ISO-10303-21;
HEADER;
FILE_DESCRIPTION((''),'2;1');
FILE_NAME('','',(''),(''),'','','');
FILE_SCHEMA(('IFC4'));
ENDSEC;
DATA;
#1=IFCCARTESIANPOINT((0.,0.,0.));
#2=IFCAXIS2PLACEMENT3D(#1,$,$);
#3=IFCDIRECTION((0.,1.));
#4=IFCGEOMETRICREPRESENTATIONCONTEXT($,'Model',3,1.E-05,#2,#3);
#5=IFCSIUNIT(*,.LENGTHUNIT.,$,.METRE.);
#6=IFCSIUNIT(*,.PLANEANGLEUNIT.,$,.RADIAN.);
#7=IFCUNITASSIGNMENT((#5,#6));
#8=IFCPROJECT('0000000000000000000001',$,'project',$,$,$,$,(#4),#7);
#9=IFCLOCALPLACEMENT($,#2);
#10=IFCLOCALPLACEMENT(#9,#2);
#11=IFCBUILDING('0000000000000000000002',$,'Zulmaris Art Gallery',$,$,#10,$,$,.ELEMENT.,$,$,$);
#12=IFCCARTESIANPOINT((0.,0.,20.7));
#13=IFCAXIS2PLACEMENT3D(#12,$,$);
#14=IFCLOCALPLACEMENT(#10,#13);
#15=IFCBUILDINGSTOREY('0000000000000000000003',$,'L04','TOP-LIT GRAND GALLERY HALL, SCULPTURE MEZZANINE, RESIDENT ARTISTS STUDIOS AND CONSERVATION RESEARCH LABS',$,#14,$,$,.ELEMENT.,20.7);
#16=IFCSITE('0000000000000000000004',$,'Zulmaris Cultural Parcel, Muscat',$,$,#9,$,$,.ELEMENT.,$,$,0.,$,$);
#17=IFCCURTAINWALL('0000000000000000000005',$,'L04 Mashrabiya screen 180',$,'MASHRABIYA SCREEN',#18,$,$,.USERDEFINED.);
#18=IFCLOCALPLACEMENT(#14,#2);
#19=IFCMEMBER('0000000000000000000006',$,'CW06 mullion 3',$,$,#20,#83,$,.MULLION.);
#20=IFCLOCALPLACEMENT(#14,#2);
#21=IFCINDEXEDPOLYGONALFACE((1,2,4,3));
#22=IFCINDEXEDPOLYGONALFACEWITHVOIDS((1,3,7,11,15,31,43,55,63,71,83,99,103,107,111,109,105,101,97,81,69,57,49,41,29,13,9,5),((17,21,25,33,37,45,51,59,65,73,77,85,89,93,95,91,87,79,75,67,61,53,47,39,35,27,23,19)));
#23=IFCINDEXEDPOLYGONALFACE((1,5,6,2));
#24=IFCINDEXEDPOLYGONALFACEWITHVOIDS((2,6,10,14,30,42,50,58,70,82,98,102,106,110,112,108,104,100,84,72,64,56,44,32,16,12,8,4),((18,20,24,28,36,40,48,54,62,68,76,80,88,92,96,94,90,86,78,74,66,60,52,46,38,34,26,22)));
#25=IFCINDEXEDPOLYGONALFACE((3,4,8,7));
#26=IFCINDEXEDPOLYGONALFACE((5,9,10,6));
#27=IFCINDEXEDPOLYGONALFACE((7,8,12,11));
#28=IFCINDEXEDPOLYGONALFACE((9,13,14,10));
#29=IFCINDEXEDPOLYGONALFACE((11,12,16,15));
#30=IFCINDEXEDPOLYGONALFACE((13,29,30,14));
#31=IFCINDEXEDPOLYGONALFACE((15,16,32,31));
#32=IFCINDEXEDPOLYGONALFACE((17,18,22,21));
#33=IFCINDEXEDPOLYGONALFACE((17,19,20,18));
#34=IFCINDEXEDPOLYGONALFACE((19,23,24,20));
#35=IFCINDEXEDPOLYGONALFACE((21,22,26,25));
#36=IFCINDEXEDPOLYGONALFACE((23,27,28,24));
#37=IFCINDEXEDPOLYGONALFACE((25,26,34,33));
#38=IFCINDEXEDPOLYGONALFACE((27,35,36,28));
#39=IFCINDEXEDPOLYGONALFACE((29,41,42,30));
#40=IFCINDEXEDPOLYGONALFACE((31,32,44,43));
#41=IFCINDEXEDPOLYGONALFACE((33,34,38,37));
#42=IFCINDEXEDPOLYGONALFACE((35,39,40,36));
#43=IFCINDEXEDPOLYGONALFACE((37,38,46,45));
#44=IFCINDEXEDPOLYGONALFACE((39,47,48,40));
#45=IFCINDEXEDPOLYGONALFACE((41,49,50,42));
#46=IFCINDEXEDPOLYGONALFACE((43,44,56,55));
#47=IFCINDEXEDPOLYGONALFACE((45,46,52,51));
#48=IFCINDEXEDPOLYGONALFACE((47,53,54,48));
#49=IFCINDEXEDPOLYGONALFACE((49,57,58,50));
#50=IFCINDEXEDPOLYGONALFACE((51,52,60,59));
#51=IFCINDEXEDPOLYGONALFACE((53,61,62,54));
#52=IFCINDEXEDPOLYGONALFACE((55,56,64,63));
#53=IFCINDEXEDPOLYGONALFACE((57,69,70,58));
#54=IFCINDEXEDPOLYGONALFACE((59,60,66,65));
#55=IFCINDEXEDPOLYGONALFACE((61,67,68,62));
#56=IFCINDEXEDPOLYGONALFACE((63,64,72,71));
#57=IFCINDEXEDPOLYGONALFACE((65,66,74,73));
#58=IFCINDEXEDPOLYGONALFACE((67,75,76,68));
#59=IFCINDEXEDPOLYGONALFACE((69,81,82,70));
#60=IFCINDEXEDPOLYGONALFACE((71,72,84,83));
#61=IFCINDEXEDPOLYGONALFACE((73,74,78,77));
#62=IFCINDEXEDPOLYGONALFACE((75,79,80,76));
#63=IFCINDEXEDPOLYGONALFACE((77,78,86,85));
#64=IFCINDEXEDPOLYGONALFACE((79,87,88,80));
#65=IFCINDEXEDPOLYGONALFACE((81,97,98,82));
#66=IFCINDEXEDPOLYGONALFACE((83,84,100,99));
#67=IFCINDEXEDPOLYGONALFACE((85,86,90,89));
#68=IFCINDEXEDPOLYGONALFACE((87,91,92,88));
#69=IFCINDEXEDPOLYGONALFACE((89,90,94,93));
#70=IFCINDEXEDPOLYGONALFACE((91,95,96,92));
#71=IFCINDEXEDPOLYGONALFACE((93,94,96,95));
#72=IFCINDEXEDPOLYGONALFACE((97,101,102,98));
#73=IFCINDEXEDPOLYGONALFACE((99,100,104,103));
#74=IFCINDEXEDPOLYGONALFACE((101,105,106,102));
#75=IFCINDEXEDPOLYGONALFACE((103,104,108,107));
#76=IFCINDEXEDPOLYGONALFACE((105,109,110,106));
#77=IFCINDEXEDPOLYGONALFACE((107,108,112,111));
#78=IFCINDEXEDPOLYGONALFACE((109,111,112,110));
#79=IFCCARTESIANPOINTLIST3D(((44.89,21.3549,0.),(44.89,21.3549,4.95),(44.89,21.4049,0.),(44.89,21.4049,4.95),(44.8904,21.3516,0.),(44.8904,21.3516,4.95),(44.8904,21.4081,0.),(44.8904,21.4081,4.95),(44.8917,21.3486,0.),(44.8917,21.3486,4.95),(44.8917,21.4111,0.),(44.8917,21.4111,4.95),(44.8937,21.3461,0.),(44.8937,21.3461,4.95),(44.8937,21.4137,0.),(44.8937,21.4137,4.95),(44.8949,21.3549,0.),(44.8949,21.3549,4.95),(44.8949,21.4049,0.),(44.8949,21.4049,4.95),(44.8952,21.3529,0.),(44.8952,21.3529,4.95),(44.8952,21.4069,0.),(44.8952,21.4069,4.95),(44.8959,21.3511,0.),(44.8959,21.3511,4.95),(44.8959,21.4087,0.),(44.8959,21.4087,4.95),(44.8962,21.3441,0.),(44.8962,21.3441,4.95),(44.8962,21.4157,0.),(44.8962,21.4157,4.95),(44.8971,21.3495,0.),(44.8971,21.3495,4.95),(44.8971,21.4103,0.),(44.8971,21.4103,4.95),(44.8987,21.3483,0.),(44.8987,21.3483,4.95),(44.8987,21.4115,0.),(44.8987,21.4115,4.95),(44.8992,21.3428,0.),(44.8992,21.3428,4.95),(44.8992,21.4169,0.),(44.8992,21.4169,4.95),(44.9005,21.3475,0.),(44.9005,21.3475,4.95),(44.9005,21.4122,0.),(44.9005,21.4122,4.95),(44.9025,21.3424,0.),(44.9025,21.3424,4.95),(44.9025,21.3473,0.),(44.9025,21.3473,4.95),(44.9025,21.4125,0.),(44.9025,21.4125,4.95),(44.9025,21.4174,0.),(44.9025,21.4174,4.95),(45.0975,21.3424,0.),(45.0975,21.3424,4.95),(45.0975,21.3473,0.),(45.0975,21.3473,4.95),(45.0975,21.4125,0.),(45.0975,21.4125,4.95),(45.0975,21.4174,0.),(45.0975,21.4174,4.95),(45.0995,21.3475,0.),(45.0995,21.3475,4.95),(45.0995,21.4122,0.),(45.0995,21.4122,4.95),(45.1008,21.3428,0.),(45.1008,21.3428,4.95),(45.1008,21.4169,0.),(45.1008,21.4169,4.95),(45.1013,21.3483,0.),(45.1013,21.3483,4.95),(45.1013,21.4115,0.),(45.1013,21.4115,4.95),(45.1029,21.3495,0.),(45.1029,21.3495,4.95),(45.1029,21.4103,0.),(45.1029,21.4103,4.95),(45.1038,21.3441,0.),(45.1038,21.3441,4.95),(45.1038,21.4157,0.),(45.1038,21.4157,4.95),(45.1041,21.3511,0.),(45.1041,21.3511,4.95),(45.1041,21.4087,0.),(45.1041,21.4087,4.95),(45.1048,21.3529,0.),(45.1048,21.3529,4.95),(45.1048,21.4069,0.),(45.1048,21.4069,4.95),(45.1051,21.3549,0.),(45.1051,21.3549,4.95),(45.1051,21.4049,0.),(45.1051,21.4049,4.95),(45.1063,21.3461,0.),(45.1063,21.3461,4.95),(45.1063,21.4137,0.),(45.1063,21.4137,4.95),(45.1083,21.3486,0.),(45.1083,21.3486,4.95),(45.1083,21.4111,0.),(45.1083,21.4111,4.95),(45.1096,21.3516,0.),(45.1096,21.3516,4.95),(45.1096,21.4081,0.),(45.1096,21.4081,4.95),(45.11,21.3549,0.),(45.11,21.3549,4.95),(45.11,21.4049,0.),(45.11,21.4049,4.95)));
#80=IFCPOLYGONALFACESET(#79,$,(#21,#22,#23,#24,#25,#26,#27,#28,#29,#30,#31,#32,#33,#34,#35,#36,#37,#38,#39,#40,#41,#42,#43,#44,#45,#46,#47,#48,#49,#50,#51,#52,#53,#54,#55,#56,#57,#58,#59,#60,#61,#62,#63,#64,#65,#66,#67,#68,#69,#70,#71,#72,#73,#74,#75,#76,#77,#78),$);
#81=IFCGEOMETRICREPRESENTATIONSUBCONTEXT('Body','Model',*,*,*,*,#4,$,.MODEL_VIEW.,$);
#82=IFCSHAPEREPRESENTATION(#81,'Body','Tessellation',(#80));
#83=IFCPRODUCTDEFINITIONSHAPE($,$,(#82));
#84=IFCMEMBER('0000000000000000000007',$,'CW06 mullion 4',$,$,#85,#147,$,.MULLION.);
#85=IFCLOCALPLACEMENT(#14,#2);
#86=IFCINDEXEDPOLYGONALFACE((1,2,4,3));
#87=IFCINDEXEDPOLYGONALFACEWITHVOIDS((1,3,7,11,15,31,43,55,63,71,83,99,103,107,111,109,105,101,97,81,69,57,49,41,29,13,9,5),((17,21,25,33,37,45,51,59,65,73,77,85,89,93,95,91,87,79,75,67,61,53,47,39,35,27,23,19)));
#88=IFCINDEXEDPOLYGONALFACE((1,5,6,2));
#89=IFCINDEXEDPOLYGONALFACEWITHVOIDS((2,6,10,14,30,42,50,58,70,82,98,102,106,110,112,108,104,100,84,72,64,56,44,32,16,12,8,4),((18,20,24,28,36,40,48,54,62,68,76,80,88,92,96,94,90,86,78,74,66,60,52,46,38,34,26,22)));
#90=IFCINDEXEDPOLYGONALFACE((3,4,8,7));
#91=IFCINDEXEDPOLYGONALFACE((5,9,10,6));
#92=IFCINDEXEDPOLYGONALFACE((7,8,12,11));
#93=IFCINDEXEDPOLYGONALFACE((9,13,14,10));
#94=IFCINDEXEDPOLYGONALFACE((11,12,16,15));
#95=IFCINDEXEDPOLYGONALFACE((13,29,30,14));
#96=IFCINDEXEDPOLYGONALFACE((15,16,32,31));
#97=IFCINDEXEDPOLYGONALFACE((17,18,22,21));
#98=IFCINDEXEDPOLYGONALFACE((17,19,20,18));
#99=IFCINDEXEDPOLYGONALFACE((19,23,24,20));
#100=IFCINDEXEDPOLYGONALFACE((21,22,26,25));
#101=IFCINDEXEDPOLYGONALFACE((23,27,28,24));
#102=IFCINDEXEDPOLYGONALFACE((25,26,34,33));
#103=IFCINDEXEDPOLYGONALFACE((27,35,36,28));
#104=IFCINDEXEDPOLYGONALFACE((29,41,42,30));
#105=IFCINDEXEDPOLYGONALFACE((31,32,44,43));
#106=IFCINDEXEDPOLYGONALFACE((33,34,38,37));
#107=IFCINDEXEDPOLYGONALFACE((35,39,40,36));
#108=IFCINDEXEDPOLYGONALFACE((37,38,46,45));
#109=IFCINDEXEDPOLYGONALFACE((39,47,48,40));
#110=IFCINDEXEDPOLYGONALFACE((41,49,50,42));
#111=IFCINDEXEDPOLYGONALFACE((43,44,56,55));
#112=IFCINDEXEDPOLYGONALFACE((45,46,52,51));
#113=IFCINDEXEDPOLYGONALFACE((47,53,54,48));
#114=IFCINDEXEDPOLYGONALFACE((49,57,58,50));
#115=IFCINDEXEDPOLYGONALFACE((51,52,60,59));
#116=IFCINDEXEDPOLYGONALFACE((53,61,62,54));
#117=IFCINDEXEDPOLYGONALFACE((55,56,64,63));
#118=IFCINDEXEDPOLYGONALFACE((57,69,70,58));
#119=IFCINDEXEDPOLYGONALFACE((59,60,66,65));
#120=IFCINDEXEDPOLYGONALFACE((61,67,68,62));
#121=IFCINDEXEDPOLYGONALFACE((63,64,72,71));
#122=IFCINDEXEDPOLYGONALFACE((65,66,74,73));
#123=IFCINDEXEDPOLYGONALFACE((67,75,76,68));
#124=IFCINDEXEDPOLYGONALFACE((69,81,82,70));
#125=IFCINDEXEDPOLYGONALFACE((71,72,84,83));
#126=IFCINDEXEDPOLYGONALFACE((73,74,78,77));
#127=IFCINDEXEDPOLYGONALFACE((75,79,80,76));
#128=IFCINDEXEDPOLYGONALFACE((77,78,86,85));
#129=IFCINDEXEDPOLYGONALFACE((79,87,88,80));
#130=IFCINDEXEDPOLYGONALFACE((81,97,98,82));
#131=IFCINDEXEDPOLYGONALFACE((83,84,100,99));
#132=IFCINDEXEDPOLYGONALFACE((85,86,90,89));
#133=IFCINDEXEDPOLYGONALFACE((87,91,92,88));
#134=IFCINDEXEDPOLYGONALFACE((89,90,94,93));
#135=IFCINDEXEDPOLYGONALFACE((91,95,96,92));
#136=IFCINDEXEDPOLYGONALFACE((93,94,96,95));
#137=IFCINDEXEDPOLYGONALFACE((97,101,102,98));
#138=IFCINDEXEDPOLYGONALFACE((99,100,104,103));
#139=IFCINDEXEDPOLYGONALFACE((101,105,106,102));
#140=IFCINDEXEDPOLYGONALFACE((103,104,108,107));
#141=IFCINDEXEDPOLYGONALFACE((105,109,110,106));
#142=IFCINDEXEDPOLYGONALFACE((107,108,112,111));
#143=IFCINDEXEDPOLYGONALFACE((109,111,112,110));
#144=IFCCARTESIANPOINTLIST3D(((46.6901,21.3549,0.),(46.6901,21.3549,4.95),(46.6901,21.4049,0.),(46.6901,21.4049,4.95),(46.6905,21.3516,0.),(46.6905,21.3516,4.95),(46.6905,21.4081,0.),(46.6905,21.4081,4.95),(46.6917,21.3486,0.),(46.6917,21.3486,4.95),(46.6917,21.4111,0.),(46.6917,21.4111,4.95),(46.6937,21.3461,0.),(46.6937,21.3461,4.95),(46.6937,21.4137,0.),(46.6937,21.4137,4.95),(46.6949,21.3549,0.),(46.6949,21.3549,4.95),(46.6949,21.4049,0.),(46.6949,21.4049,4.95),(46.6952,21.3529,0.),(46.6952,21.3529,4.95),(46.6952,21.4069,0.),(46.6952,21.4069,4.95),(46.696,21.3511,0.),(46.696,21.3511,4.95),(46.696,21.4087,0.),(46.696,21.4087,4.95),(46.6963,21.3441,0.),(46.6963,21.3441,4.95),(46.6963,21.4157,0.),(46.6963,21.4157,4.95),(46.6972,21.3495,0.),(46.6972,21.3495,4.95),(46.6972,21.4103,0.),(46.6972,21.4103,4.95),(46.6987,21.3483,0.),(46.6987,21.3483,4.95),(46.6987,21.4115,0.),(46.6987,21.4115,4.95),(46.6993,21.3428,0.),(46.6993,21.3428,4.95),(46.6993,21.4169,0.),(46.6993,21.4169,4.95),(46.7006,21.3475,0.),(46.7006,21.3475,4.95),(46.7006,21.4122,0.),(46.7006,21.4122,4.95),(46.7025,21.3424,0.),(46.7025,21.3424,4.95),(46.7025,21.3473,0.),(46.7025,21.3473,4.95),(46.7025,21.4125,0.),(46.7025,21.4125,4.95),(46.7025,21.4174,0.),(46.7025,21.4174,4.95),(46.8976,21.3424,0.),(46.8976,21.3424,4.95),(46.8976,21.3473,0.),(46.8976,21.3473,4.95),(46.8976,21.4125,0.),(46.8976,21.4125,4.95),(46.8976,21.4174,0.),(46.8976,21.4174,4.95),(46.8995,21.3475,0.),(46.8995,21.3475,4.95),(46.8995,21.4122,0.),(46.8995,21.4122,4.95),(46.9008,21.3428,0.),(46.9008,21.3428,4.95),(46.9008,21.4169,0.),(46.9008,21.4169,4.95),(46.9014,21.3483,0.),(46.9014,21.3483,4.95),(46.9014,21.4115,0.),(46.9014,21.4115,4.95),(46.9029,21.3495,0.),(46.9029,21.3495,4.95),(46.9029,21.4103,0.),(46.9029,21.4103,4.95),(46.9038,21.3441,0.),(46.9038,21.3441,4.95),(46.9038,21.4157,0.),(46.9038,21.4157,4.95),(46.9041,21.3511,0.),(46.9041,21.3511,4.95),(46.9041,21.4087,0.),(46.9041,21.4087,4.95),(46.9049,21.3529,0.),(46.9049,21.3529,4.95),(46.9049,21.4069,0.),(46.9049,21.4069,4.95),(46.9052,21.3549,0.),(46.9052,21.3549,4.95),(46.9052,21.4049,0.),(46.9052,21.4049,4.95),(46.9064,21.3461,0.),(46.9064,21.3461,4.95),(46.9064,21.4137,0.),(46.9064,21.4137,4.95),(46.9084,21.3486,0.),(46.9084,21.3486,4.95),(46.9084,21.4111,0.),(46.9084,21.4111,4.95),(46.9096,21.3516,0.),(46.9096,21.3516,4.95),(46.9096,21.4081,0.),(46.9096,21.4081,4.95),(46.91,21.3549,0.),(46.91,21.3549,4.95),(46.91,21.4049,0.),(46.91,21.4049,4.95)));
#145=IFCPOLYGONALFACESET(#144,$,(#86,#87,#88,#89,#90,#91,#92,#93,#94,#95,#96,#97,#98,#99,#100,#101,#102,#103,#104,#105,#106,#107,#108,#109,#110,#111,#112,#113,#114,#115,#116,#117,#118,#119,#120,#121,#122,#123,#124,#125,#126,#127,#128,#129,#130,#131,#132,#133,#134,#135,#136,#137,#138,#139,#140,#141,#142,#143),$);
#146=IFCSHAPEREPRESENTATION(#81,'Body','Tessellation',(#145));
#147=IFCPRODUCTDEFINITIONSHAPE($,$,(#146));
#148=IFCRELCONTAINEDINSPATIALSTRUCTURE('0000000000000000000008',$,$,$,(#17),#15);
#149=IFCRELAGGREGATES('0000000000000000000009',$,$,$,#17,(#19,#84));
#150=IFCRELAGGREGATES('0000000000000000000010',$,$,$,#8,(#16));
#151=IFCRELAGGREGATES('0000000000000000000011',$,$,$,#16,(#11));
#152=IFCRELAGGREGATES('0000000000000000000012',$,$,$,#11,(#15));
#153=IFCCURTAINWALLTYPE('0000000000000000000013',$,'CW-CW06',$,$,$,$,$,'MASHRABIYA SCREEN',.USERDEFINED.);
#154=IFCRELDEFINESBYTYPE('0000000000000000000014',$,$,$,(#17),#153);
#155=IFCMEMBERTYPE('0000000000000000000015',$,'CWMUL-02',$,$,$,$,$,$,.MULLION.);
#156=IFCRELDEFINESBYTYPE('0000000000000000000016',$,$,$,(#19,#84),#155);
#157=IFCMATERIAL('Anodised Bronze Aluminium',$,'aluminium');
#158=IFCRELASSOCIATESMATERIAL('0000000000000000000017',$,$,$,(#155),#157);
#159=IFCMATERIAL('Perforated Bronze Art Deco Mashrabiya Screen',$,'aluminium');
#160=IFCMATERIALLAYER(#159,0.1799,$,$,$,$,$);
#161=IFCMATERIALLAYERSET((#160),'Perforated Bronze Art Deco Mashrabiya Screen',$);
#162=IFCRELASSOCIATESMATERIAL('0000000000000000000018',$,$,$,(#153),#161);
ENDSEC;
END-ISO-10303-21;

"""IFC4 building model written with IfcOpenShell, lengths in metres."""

from ifc_helpers import new_model, si_unit, direction, frame, origin, origin_2d, place, context, subcontext, project, spatial, hollow_rectangle, extrude, material, layer, layer_set, material_profile, profile_set, type_object, element, aggregate, save


model = new_model("IFC4")

# Units and contexts
model_context = context("Model", 3, precision=1e-05, world=origin(), true_north=direction((0.0, 1.0)))
body_context = subcontext(model_context, "Body", "Model", "MODEL_VIEW")
ifc_project = project(units=[si_unit("LENGTHUNIT", "METRE"), si_unit("PLANEANGLEUNIT", "RADIAN")], contexts=[model_context])

# Site, building, storey
site_placement = place(None, origin())
site = spatial("IfcSite", under=ifc_project, at=site_placement, Name="Zulmaris Cultural Parcel, Muscat", CompositionType="ELEMENT", RefElevation=0.0)
building_placement = place(site_placement, origin())
building = spatial("IfcBuilding", under=site, at=building_placement, Name="Zulmaris Art Gallery", CompositionType="ELEMENT")
storey_placement = place(building_placement, frame((0.0, 0.0, 20.7)))
storey = spatial("IfcBuildingStorey", under=building, at=storey_placement, Name="L04", Description="TOP-LIT GRAND GALLERY HALL, SCULPTURE MEZZANINE, RESIDENT ARTISTS STUDIOS AND CONSERVATION RESEARCH LABS", CompositionType="ELEMENT", Elevation=20.7)

# Curtain wall, members
ifc_material_1 = material(Name="Anodised Bronze Aluminium", Category="aluminium")
ifc_material_profile_1 = material_profile(ifc_material_1, hollow_rectangle(XDim=0.075, YDim=0.22, WallThickness=0.0049, InnerFilletRadius=0.0076, OuterFilletRadius=0.0125, at=origin_2d()), Name="ALU 75x220x5")
ifc_profile_set_1 = profile_set([ifc_material_profile_1], Name="Anodised Bronze Aluminium")
member_type_1 = type_object("IfcMemberType", Name="CWMUL-02", PredefinedType="MULLION", material=ifc_profile_set_1)
ifc_material_2 = material(Name="Perforated Bronze Art Deco Mashrabiya Screen", Category="aluminium")
ifc_layer_1 = layer(ifc_material_2, 0.1799)
ifc_layer_set_1 = layer_set([ifc_layer_1], Name="Perforated Bronze Art Deco Mashrabiya Screen")
curtain_wall_type_1 = type_object("IfcCurtainWallType", Name="CW-CW06", ElementType="MASHRABIYA SCREEN", PredefinedType="USERDEFINED", material=ifc_layer_set_1)
curtain_wall_1_placement = place(storey_placement, origin())
curtain_wall_1 = element("IfcCurtainWall", 1, at=curtain_wall_1_placement, inside=storey, type_object=curtain_wall_type_1, Name="L04 Mashrabiya screen 180", ObjectType="MASHRABIYA SCREEN", PredefinedType="USERDEFINED")
member_1_placement = place(storey_placement, frame((45.0, 21.3799, 0.0), z_axis=(0.0, 0.0, 1.0), x_axis=(0.0, 1.0, 0.0)))
member_1 = element("IfcMember", 2, at=member_1_placement, type_object=member_type_1, Name="CW06 mullion 3", PredefinedType="MULLION", context=body_context, shape_type="SweptSolid", body=[
    extrude(hollow_rectangle(XDim=0.075, YDim=0.22, WallThickness=0.0049, InnerFilletRadius=0.0076, OuterFilletRadius=0.0125, at=origin_2d()), origin(), (0.0, 0.0, 1.0), 4.95),
])
member_2_placement = place(storey_placement, frame((46.8, 21.3799, 0.0), z_axis=(0.0, 0.0, 1.0), x_axis=(0.0, 1.0, 0.0)))
member_2 = element("IfcMember", 3, at=member_2_placement, type_object=member_type_1, Name="CW06 mullion 4", PredefinedType="MULLION", context=body_context, shape_type="SweptSolid", body=[
    extrude(hollow_rectangle(XDim=0.075, YDim=0.22, WallThickness=0.0049, InnerFilletRadius=0.0076, OuterFilletRadius=0.0125, at=origin_2d()), origin(), (0.0, 0.0, 1.0), 4.95),
])

aggregate(curtain_wall_1, [member_1, member_2])

save(model, "model.ifc")
